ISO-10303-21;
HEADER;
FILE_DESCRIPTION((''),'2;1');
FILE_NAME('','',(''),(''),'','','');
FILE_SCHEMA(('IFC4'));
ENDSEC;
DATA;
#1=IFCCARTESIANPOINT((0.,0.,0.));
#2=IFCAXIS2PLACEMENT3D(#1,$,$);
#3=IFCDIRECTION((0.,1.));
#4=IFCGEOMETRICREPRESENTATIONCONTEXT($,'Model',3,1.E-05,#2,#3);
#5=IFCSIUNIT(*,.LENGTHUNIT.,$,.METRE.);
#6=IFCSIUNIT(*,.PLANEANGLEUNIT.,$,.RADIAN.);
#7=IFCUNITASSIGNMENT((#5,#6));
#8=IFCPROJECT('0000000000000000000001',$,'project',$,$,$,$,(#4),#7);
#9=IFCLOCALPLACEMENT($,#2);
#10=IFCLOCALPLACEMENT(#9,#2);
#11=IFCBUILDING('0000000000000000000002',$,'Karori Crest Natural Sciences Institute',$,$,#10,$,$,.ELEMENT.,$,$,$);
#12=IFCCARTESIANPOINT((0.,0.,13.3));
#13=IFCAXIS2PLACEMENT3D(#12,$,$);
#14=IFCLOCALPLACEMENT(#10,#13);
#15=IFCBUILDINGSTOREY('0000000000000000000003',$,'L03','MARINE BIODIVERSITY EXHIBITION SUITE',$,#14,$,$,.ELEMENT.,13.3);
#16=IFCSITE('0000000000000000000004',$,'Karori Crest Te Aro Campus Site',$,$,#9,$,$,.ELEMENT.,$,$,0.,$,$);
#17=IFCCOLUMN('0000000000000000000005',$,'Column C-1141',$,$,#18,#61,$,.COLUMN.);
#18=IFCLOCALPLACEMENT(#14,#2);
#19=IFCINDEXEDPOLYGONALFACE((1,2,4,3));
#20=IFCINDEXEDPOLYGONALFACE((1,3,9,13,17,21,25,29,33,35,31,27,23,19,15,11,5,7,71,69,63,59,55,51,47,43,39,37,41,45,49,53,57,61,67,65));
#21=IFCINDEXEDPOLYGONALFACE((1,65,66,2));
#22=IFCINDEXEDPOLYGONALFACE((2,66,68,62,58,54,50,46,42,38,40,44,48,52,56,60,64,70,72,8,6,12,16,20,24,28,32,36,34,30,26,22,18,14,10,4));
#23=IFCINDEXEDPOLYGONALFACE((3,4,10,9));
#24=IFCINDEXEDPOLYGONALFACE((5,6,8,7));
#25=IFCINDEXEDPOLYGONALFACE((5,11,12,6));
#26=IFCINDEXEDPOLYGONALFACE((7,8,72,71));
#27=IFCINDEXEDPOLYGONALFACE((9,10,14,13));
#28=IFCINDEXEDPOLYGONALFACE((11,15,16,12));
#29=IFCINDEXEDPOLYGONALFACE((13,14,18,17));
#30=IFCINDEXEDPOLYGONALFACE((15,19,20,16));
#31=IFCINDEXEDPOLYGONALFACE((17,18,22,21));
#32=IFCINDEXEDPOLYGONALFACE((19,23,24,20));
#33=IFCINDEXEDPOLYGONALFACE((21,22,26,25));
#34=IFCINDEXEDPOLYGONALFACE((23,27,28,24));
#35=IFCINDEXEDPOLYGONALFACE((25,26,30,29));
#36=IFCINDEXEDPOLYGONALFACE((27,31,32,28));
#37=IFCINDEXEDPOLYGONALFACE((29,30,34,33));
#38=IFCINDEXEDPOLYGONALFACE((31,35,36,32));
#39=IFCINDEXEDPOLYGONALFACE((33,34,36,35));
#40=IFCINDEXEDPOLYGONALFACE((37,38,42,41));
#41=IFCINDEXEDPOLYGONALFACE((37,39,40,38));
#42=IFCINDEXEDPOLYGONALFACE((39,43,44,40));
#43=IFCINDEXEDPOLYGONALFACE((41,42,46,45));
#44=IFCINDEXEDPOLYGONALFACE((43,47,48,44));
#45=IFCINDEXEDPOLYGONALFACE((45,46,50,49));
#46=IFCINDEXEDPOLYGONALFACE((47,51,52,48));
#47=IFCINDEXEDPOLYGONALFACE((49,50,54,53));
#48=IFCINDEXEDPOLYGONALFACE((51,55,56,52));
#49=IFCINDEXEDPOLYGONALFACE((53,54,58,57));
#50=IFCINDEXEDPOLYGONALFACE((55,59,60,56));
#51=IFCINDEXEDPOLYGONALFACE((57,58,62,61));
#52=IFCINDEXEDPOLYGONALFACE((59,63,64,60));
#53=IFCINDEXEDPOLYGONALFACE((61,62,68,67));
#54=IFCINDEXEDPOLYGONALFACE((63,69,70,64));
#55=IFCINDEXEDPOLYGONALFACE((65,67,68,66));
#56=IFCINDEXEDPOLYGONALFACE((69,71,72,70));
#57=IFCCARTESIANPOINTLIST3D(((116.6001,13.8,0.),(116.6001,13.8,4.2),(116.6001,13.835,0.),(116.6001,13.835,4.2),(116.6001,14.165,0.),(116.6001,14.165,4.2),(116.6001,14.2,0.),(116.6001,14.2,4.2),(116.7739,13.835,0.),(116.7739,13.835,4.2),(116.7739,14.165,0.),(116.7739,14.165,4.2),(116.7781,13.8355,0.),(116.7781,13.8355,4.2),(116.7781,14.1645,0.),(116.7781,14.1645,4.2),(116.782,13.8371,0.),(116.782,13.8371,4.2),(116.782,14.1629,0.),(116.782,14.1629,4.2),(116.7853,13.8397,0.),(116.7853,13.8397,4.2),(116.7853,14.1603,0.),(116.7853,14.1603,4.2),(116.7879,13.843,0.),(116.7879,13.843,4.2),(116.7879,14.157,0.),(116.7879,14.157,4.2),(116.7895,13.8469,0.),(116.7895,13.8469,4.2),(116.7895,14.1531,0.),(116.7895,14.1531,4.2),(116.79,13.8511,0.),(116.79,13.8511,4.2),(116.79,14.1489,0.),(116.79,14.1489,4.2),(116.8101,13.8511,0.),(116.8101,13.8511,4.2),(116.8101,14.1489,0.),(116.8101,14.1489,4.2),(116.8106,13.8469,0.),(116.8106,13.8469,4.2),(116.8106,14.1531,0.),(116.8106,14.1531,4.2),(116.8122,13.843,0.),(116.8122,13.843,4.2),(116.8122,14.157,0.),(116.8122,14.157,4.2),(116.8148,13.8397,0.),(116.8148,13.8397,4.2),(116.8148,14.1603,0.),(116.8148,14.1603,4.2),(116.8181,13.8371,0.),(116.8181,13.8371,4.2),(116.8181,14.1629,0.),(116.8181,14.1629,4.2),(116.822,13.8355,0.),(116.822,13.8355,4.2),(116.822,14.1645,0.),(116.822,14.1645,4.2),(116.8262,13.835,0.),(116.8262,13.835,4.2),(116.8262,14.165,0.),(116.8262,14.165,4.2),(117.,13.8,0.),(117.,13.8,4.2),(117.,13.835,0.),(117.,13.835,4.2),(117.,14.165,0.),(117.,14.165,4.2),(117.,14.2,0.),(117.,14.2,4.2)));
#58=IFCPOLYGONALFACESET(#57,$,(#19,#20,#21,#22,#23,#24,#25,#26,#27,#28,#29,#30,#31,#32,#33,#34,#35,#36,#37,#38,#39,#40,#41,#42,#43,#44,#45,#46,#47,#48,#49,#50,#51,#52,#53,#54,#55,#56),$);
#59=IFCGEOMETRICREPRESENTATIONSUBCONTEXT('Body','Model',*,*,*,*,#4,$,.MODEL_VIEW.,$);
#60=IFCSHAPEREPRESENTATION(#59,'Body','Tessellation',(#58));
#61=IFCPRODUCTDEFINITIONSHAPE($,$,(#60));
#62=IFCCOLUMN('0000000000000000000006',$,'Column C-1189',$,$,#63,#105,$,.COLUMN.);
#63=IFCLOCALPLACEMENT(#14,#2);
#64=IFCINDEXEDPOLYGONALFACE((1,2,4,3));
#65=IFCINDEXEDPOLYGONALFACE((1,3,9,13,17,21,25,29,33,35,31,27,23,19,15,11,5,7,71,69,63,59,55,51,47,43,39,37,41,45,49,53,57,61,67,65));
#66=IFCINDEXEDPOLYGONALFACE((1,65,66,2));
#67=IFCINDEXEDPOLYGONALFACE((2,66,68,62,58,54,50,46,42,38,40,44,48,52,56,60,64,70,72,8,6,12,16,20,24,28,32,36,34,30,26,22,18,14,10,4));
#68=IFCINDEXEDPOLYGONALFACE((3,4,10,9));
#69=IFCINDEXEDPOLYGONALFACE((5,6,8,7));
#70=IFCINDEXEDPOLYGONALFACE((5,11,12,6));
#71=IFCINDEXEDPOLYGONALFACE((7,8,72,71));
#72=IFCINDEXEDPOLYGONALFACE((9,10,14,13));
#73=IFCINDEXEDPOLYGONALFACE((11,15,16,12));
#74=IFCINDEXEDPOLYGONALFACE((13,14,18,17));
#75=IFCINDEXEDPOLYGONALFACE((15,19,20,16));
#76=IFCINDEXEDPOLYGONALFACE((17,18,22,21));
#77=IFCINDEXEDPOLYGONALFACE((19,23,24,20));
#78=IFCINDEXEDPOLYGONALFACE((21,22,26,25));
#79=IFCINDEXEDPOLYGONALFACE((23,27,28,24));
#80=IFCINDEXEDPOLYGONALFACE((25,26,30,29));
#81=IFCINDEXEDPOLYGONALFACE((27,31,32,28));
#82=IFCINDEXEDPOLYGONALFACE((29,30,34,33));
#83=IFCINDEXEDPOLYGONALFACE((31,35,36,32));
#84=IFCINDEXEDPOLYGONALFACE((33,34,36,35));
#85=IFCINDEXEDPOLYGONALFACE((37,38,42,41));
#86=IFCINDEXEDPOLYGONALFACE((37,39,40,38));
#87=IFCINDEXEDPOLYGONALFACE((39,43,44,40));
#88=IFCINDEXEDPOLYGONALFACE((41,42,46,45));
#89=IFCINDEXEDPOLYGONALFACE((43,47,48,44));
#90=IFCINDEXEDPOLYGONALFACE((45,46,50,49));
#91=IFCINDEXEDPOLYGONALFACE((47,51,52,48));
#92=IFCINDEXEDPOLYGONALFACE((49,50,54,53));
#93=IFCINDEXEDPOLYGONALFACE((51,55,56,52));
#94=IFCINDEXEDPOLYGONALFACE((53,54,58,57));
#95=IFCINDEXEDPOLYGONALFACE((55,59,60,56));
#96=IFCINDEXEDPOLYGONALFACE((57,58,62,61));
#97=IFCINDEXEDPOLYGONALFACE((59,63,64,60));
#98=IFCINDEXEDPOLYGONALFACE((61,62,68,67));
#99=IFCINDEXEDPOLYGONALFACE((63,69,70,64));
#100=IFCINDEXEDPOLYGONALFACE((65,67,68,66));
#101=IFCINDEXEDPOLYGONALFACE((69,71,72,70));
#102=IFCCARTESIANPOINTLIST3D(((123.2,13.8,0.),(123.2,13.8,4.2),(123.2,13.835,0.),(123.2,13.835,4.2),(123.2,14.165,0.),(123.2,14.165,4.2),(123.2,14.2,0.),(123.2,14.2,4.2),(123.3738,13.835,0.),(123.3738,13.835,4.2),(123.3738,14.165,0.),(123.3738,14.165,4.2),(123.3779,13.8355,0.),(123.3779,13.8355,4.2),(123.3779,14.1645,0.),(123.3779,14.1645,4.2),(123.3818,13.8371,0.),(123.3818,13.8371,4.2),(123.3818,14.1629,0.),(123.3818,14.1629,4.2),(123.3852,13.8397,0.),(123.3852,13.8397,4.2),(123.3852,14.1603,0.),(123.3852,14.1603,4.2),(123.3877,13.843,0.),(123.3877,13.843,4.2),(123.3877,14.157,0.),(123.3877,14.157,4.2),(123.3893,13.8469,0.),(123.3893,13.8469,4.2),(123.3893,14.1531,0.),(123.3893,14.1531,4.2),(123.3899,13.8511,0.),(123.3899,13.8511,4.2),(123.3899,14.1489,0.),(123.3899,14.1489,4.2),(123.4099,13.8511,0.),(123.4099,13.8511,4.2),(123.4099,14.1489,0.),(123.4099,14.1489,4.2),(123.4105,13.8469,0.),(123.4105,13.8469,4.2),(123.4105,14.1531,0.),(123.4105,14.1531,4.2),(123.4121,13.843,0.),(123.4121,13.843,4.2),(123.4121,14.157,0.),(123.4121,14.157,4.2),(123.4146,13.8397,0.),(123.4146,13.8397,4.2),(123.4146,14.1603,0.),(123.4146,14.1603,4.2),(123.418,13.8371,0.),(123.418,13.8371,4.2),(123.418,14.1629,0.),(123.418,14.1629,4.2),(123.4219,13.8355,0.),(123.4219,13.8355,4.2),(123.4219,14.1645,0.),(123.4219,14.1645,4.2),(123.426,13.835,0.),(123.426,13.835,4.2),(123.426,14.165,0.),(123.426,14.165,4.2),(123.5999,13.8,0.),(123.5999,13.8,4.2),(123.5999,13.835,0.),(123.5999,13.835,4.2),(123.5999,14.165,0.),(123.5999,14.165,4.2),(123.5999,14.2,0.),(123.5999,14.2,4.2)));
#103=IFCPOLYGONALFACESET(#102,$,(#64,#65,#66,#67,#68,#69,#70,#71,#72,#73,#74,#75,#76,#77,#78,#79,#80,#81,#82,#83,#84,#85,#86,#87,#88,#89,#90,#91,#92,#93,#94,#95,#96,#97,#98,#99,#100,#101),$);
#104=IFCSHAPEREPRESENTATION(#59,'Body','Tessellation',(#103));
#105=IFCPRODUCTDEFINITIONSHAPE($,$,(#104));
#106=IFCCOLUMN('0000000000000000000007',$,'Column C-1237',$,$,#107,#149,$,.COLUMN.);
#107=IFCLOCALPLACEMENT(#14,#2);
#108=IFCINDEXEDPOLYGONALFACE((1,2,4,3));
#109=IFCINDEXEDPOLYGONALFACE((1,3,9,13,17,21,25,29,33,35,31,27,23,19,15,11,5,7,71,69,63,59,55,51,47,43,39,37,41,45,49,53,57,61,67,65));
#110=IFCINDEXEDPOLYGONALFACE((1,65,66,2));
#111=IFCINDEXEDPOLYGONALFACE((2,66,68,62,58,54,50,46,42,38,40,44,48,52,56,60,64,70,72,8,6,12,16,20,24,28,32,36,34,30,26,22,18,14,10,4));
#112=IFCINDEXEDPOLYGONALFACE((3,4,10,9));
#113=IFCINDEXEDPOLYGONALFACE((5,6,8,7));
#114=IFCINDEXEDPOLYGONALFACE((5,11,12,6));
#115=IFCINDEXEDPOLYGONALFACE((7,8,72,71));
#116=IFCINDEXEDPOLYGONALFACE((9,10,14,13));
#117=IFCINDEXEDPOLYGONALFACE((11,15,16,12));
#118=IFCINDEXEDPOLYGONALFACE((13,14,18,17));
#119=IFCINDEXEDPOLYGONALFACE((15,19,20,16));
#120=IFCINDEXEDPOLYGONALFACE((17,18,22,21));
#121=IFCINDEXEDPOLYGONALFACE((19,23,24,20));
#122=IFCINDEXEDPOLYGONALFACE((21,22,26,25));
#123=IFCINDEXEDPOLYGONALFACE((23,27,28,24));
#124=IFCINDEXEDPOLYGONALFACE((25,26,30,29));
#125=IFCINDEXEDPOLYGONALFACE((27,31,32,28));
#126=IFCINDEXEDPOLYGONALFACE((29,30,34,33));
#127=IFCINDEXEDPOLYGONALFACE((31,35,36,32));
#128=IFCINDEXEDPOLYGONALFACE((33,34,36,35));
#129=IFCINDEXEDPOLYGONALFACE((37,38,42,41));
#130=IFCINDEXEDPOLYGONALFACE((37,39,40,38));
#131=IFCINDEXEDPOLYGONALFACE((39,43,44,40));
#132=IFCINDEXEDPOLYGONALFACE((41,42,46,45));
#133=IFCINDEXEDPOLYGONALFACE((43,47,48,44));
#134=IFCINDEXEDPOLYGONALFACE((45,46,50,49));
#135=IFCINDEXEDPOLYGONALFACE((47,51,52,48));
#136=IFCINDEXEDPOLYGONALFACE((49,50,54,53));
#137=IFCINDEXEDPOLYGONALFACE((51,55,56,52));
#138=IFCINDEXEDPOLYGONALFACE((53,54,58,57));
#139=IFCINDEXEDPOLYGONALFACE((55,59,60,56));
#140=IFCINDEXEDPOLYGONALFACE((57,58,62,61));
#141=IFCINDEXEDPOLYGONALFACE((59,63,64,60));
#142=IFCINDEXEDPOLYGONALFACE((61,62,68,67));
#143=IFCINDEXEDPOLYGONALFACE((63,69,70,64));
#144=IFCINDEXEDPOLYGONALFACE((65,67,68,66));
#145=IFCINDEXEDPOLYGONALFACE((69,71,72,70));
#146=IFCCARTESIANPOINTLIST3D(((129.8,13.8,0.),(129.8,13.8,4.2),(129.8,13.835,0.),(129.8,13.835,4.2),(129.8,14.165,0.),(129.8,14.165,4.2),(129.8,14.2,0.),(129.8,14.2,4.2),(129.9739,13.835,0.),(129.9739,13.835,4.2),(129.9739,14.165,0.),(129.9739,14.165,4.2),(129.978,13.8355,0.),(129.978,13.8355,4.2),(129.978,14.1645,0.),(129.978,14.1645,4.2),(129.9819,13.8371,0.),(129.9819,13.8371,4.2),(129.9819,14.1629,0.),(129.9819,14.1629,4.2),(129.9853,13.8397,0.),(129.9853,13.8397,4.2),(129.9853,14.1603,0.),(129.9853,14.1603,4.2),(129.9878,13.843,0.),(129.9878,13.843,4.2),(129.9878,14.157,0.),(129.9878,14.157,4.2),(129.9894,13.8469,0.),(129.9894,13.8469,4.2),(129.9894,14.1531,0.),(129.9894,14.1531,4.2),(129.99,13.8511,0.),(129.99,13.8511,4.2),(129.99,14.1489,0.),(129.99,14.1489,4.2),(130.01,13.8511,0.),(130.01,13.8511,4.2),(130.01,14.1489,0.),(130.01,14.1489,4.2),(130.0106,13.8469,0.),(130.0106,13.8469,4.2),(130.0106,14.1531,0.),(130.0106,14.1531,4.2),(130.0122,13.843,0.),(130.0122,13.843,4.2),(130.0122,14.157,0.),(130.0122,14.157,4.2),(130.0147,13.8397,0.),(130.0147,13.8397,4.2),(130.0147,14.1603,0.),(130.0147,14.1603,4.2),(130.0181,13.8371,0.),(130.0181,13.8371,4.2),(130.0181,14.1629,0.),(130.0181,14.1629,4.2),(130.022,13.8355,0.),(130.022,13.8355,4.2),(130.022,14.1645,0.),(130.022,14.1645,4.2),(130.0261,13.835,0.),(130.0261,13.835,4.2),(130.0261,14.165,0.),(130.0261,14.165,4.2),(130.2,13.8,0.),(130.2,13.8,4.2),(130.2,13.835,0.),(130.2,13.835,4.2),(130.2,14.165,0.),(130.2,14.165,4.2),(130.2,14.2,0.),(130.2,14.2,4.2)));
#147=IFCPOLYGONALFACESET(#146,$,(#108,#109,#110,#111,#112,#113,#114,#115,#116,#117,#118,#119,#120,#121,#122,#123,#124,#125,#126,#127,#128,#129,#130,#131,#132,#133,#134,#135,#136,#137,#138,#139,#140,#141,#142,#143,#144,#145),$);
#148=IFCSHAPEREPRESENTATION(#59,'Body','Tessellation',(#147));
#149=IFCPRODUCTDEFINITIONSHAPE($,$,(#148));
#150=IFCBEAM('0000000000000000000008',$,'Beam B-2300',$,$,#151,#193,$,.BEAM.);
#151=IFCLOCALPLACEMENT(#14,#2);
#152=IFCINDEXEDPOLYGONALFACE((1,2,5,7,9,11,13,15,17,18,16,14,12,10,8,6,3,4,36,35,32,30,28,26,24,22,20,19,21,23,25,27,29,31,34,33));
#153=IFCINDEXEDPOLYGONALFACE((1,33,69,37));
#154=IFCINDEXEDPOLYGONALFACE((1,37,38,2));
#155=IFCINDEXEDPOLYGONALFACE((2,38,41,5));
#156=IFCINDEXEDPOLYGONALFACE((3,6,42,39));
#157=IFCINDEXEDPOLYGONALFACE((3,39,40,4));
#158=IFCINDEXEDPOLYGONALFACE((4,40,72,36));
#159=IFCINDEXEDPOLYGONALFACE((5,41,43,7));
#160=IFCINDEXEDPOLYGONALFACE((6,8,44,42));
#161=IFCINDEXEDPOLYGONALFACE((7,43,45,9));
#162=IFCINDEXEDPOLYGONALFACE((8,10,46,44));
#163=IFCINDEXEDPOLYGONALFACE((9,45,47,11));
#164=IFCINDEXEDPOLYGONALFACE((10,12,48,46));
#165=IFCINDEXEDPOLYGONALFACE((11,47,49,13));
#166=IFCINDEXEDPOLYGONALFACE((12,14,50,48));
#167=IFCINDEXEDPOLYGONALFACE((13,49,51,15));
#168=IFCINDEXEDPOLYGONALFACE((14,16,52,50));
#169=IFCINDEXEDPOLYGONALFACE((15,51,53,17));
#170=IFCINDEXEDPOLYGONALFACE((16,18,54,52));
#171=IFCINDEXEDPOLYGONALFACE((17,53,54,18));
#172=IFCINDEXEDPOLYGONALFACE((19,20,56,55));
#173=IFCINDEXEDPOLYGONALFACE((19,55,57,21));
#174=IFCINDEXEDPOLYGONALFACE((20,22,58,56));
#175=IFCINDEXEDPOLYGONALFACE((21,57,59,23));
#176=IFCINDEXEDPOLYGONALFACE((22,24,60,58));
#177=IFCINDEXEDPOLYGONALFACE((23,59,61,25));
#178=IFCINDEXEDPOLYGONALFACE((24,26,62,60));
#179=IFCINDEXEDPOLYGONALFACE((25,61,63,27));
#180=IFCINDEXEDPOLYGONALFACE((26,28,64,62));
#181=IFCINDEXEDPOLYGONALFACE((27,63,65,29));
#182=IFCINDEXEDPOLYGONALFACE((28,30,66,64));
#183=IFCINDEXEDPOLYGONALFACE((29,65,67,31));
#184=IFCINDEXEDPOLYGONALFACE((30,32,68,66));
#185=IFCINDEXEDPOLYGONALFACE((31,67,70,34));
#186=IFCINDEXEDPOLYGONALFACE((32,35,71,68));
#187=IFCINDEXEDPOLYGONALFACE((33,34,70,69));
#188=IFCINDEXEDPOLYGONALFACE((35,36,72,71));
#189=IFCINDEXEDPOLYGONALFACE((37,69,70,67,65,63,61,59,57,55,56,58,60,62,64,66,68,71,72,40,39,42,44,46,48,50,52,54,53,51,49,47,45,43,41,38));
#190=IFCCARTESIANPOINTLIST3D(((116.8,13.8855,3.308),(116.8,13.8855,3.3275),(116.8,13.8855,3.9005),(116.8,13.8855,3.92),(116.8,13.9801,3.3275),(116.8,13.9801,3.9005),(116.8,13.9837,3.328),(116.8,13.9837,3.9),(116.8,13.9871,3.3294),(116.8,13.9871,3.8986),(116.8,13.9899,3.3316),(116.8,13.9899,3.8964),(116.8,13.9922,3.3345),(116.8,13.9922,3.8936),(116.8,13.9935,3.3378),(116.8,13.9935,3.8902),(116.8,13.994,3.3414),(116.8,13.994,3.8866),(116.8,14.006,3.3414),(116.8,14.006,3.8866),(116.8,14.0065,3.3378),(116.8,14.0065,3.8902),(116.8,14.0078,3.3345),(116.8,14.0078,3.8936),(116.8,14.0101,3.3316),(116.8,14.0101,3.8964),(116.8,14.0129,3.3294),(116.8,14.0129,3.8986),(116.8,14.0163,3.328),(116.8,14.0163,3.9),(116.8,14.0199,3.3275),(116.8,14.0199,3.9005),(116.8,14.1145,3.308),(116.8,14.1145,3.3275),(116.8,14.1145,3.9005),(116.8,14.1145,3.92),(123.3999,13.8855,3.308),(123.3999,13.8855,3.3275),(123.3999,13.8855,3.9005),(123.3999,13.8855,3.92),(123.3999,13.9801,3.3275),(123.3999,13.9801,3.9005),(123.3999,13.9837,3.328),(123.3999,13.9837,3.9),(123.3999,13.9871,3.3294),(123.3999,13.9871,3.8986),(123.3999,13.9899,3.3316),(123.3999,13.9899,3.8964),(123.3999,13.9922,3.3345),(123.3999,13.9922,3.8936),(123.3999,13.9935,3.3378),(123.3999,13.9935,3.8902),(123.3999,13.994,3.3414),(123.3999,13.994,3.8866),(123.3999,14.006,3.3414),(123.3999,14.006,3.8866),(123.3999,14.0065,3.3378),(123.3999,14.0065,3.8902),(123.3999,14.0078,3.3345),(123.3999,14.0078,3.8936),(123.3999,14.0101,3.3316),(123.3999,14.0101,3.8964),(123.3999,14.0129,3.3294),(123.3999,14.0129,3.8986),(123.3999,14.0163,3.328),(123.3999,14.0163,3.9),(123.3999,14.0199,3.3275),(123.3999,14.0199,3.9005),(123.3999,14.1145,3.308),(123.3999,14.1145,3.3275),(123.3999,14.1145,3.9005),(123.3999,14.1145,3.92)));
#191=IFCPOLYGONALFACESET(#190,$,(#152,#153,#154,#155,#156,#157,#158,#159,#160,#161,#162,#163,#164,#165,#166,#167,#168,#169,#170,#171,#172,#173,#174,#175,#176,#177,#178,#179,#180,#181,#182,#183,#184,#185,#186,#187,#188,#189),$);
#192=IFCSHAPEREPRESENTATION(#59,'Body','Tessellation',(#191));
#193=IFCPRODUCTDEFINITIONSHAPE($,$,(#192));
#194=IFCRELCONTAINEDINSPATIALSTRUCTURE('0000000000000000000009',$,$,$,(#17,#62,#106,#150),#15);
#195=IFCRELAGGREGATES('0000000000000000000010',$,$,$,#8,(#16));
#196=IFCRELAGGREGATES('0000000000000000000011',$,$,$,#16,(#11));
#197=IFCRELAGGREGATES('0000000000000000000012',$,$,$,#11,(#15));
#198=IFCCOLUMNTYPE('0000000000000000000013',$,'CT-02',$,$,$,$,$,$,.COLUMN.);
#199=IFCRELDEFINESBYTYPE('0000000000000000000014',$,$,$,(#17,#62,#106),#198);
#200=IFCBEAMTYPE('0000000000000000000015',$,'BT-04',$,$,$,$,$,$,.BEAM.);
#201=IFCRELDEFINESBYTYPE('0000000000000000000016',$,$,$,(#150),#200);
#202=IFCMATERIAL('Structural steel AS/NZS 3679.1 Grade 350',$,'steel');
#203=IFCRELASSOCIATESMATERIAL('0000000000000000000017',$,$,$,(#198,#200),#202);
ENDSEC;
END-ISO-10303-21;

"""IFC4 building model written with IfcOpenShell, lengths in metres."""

from ifc_helpers import new_model, si_unit, direction, frame, origin, origin_2d, place, context, subcontext, project, spatial, i_section, extrude, material, material_profile, profile_set, type_object, element, save


model = new_model("IFC4")

# Units and contexts
model_context = context("Model", 3, precision=1e-05, world=origin(), true_north=direction((0.0, 1.0)))
body_context = subcontext(model_context, "Body", "Model", "MODEL_VIEW")
ifc_project = project(units=[si_unit("LENGTHUNIT", "METRE"), si_unit("PLANEANGLEUNIT", "RADIAN")], contexts=[model_context])

# Site, building, storey
site_placement = place(None, origin())
site = spatial("IfcSite", under=ifc_project, at=site_placement, Name="Karori Crest Te Aro Campus Site", CompositionType="ELEMENT", RefElevation=0.0)
building_placement = place(site_placement, origin())
building = spatial("IfcBuilding", under=site, at=building_placement, Name="Karori Crest Natural Sciences Institute", CompositionType="ELEMENT")
storey_placement = place(building_placement, frame((0.0, 0.0, 13.3)))
storey = spatial("IfcBuildingStorey", under=building, at=storey_placement, Name="L03", Description="MARINE BIODIVERSITY EXHIBITION SUITE", CompositionType="ELEMENT", Elevation=13.3)

# Columns
ifc_material_1 = material(Name="Structural steel AS/NZS 3679.1 Grade 350", Category="steel")
ifc_material_profile_1 = material_profile(ifc_material_1, i_section(OverallWidth=0.3999, OverallDepth=0.3999, WebThickness=0.02, FlangeThickness=0.0349, FilletRadius=0.0161, at=origin_2d()), Name="400WC328")
ifc_profile_set_1 = profile_set([ifc_material_profile_1], Name="Structural steel AS/NZS 3679.1 Grade 350")
column_type = type_object("IfcColumnType", Name="CT-02", PredefinedType="COLUMN", material=ifc_profile_set_1)
for number, where, z_axis, x_axis, name in (
    (1, (116.8, 14.0, 0.0), (0.0, 0.0, 1.0), (1.0, 0.0, 0.0), "Column C-1141"),
    (2, (123.3999, 14.0, 0.0), (0.0, 0.0, 1.0), (1.0, 0.0, 0.0), "Column C-1189"),
    (3, (130.0, 14.0, 0.0), (0.0, 0.0, 1.0), (1.0, 0.0, 0.0), "Column C-1237"),
):
    element("IfcColumn", number, at=place(storey_placement, frame(where, z_axis=z_axis, x_axis=x_axis)), inside=storey, type_object=column_type, Name=name, PredefinedType="COLUMN", context=body_context, shape_type="SweptSolid", body=[
        extrude(i_section(OverallWidth=0.3999, OverallDepth=0.3999, WebThickness=0.02, FlangeThickness=0.0349, FilletRadius=0.0161, at=origin_2d()), origin(), (0.0, 0.0, 1.0), 4.2),
    ])

# Beam
ifc_material_profile_2 = material_profile(ifc_material_1, i_section(OverallWidth=0.229, OverallDepth=0.6121, WebThickness=0.012, FlangeThickness=0.0195, FilletRadius=0.0139, at=origin_2d()), Name="610UB125")
ifc_profile_set_2 = profile_set([ifc_material_profile_2], Name="Structural steel AS/NZS 3679.1 Grade 350")
beam_type_1 = type_object("IfcBeamType", Name="BT-04", PredefinedType="BEAM", material=ifc_profile_set_2)
beam_1_placement = place(storey_placement, frame((116.8, 14.0, 3.614), z_axis=(1.0, 0.0, 0.0), x_axis=(0.0, 1.0, 0.0)))
element("IfcBeam", 4, at=beam_1_placement, inside=storey, type_object=beam_type_1, Name="Beam B-2300", PredefinedType="BEAM", context=body_context, shape_type="SweptSolid", body=[
    extrude(i_section(OverallWidth=0.229, OverallDepth=0.6121, WebThickness=0.012, FlangeThickness=0.0195, FilletRadius=0.0139, at=origin_2d()), origin(), (0.0, 0.0, 1.0), 6.5999),
])

save(model, "model.ifc")
